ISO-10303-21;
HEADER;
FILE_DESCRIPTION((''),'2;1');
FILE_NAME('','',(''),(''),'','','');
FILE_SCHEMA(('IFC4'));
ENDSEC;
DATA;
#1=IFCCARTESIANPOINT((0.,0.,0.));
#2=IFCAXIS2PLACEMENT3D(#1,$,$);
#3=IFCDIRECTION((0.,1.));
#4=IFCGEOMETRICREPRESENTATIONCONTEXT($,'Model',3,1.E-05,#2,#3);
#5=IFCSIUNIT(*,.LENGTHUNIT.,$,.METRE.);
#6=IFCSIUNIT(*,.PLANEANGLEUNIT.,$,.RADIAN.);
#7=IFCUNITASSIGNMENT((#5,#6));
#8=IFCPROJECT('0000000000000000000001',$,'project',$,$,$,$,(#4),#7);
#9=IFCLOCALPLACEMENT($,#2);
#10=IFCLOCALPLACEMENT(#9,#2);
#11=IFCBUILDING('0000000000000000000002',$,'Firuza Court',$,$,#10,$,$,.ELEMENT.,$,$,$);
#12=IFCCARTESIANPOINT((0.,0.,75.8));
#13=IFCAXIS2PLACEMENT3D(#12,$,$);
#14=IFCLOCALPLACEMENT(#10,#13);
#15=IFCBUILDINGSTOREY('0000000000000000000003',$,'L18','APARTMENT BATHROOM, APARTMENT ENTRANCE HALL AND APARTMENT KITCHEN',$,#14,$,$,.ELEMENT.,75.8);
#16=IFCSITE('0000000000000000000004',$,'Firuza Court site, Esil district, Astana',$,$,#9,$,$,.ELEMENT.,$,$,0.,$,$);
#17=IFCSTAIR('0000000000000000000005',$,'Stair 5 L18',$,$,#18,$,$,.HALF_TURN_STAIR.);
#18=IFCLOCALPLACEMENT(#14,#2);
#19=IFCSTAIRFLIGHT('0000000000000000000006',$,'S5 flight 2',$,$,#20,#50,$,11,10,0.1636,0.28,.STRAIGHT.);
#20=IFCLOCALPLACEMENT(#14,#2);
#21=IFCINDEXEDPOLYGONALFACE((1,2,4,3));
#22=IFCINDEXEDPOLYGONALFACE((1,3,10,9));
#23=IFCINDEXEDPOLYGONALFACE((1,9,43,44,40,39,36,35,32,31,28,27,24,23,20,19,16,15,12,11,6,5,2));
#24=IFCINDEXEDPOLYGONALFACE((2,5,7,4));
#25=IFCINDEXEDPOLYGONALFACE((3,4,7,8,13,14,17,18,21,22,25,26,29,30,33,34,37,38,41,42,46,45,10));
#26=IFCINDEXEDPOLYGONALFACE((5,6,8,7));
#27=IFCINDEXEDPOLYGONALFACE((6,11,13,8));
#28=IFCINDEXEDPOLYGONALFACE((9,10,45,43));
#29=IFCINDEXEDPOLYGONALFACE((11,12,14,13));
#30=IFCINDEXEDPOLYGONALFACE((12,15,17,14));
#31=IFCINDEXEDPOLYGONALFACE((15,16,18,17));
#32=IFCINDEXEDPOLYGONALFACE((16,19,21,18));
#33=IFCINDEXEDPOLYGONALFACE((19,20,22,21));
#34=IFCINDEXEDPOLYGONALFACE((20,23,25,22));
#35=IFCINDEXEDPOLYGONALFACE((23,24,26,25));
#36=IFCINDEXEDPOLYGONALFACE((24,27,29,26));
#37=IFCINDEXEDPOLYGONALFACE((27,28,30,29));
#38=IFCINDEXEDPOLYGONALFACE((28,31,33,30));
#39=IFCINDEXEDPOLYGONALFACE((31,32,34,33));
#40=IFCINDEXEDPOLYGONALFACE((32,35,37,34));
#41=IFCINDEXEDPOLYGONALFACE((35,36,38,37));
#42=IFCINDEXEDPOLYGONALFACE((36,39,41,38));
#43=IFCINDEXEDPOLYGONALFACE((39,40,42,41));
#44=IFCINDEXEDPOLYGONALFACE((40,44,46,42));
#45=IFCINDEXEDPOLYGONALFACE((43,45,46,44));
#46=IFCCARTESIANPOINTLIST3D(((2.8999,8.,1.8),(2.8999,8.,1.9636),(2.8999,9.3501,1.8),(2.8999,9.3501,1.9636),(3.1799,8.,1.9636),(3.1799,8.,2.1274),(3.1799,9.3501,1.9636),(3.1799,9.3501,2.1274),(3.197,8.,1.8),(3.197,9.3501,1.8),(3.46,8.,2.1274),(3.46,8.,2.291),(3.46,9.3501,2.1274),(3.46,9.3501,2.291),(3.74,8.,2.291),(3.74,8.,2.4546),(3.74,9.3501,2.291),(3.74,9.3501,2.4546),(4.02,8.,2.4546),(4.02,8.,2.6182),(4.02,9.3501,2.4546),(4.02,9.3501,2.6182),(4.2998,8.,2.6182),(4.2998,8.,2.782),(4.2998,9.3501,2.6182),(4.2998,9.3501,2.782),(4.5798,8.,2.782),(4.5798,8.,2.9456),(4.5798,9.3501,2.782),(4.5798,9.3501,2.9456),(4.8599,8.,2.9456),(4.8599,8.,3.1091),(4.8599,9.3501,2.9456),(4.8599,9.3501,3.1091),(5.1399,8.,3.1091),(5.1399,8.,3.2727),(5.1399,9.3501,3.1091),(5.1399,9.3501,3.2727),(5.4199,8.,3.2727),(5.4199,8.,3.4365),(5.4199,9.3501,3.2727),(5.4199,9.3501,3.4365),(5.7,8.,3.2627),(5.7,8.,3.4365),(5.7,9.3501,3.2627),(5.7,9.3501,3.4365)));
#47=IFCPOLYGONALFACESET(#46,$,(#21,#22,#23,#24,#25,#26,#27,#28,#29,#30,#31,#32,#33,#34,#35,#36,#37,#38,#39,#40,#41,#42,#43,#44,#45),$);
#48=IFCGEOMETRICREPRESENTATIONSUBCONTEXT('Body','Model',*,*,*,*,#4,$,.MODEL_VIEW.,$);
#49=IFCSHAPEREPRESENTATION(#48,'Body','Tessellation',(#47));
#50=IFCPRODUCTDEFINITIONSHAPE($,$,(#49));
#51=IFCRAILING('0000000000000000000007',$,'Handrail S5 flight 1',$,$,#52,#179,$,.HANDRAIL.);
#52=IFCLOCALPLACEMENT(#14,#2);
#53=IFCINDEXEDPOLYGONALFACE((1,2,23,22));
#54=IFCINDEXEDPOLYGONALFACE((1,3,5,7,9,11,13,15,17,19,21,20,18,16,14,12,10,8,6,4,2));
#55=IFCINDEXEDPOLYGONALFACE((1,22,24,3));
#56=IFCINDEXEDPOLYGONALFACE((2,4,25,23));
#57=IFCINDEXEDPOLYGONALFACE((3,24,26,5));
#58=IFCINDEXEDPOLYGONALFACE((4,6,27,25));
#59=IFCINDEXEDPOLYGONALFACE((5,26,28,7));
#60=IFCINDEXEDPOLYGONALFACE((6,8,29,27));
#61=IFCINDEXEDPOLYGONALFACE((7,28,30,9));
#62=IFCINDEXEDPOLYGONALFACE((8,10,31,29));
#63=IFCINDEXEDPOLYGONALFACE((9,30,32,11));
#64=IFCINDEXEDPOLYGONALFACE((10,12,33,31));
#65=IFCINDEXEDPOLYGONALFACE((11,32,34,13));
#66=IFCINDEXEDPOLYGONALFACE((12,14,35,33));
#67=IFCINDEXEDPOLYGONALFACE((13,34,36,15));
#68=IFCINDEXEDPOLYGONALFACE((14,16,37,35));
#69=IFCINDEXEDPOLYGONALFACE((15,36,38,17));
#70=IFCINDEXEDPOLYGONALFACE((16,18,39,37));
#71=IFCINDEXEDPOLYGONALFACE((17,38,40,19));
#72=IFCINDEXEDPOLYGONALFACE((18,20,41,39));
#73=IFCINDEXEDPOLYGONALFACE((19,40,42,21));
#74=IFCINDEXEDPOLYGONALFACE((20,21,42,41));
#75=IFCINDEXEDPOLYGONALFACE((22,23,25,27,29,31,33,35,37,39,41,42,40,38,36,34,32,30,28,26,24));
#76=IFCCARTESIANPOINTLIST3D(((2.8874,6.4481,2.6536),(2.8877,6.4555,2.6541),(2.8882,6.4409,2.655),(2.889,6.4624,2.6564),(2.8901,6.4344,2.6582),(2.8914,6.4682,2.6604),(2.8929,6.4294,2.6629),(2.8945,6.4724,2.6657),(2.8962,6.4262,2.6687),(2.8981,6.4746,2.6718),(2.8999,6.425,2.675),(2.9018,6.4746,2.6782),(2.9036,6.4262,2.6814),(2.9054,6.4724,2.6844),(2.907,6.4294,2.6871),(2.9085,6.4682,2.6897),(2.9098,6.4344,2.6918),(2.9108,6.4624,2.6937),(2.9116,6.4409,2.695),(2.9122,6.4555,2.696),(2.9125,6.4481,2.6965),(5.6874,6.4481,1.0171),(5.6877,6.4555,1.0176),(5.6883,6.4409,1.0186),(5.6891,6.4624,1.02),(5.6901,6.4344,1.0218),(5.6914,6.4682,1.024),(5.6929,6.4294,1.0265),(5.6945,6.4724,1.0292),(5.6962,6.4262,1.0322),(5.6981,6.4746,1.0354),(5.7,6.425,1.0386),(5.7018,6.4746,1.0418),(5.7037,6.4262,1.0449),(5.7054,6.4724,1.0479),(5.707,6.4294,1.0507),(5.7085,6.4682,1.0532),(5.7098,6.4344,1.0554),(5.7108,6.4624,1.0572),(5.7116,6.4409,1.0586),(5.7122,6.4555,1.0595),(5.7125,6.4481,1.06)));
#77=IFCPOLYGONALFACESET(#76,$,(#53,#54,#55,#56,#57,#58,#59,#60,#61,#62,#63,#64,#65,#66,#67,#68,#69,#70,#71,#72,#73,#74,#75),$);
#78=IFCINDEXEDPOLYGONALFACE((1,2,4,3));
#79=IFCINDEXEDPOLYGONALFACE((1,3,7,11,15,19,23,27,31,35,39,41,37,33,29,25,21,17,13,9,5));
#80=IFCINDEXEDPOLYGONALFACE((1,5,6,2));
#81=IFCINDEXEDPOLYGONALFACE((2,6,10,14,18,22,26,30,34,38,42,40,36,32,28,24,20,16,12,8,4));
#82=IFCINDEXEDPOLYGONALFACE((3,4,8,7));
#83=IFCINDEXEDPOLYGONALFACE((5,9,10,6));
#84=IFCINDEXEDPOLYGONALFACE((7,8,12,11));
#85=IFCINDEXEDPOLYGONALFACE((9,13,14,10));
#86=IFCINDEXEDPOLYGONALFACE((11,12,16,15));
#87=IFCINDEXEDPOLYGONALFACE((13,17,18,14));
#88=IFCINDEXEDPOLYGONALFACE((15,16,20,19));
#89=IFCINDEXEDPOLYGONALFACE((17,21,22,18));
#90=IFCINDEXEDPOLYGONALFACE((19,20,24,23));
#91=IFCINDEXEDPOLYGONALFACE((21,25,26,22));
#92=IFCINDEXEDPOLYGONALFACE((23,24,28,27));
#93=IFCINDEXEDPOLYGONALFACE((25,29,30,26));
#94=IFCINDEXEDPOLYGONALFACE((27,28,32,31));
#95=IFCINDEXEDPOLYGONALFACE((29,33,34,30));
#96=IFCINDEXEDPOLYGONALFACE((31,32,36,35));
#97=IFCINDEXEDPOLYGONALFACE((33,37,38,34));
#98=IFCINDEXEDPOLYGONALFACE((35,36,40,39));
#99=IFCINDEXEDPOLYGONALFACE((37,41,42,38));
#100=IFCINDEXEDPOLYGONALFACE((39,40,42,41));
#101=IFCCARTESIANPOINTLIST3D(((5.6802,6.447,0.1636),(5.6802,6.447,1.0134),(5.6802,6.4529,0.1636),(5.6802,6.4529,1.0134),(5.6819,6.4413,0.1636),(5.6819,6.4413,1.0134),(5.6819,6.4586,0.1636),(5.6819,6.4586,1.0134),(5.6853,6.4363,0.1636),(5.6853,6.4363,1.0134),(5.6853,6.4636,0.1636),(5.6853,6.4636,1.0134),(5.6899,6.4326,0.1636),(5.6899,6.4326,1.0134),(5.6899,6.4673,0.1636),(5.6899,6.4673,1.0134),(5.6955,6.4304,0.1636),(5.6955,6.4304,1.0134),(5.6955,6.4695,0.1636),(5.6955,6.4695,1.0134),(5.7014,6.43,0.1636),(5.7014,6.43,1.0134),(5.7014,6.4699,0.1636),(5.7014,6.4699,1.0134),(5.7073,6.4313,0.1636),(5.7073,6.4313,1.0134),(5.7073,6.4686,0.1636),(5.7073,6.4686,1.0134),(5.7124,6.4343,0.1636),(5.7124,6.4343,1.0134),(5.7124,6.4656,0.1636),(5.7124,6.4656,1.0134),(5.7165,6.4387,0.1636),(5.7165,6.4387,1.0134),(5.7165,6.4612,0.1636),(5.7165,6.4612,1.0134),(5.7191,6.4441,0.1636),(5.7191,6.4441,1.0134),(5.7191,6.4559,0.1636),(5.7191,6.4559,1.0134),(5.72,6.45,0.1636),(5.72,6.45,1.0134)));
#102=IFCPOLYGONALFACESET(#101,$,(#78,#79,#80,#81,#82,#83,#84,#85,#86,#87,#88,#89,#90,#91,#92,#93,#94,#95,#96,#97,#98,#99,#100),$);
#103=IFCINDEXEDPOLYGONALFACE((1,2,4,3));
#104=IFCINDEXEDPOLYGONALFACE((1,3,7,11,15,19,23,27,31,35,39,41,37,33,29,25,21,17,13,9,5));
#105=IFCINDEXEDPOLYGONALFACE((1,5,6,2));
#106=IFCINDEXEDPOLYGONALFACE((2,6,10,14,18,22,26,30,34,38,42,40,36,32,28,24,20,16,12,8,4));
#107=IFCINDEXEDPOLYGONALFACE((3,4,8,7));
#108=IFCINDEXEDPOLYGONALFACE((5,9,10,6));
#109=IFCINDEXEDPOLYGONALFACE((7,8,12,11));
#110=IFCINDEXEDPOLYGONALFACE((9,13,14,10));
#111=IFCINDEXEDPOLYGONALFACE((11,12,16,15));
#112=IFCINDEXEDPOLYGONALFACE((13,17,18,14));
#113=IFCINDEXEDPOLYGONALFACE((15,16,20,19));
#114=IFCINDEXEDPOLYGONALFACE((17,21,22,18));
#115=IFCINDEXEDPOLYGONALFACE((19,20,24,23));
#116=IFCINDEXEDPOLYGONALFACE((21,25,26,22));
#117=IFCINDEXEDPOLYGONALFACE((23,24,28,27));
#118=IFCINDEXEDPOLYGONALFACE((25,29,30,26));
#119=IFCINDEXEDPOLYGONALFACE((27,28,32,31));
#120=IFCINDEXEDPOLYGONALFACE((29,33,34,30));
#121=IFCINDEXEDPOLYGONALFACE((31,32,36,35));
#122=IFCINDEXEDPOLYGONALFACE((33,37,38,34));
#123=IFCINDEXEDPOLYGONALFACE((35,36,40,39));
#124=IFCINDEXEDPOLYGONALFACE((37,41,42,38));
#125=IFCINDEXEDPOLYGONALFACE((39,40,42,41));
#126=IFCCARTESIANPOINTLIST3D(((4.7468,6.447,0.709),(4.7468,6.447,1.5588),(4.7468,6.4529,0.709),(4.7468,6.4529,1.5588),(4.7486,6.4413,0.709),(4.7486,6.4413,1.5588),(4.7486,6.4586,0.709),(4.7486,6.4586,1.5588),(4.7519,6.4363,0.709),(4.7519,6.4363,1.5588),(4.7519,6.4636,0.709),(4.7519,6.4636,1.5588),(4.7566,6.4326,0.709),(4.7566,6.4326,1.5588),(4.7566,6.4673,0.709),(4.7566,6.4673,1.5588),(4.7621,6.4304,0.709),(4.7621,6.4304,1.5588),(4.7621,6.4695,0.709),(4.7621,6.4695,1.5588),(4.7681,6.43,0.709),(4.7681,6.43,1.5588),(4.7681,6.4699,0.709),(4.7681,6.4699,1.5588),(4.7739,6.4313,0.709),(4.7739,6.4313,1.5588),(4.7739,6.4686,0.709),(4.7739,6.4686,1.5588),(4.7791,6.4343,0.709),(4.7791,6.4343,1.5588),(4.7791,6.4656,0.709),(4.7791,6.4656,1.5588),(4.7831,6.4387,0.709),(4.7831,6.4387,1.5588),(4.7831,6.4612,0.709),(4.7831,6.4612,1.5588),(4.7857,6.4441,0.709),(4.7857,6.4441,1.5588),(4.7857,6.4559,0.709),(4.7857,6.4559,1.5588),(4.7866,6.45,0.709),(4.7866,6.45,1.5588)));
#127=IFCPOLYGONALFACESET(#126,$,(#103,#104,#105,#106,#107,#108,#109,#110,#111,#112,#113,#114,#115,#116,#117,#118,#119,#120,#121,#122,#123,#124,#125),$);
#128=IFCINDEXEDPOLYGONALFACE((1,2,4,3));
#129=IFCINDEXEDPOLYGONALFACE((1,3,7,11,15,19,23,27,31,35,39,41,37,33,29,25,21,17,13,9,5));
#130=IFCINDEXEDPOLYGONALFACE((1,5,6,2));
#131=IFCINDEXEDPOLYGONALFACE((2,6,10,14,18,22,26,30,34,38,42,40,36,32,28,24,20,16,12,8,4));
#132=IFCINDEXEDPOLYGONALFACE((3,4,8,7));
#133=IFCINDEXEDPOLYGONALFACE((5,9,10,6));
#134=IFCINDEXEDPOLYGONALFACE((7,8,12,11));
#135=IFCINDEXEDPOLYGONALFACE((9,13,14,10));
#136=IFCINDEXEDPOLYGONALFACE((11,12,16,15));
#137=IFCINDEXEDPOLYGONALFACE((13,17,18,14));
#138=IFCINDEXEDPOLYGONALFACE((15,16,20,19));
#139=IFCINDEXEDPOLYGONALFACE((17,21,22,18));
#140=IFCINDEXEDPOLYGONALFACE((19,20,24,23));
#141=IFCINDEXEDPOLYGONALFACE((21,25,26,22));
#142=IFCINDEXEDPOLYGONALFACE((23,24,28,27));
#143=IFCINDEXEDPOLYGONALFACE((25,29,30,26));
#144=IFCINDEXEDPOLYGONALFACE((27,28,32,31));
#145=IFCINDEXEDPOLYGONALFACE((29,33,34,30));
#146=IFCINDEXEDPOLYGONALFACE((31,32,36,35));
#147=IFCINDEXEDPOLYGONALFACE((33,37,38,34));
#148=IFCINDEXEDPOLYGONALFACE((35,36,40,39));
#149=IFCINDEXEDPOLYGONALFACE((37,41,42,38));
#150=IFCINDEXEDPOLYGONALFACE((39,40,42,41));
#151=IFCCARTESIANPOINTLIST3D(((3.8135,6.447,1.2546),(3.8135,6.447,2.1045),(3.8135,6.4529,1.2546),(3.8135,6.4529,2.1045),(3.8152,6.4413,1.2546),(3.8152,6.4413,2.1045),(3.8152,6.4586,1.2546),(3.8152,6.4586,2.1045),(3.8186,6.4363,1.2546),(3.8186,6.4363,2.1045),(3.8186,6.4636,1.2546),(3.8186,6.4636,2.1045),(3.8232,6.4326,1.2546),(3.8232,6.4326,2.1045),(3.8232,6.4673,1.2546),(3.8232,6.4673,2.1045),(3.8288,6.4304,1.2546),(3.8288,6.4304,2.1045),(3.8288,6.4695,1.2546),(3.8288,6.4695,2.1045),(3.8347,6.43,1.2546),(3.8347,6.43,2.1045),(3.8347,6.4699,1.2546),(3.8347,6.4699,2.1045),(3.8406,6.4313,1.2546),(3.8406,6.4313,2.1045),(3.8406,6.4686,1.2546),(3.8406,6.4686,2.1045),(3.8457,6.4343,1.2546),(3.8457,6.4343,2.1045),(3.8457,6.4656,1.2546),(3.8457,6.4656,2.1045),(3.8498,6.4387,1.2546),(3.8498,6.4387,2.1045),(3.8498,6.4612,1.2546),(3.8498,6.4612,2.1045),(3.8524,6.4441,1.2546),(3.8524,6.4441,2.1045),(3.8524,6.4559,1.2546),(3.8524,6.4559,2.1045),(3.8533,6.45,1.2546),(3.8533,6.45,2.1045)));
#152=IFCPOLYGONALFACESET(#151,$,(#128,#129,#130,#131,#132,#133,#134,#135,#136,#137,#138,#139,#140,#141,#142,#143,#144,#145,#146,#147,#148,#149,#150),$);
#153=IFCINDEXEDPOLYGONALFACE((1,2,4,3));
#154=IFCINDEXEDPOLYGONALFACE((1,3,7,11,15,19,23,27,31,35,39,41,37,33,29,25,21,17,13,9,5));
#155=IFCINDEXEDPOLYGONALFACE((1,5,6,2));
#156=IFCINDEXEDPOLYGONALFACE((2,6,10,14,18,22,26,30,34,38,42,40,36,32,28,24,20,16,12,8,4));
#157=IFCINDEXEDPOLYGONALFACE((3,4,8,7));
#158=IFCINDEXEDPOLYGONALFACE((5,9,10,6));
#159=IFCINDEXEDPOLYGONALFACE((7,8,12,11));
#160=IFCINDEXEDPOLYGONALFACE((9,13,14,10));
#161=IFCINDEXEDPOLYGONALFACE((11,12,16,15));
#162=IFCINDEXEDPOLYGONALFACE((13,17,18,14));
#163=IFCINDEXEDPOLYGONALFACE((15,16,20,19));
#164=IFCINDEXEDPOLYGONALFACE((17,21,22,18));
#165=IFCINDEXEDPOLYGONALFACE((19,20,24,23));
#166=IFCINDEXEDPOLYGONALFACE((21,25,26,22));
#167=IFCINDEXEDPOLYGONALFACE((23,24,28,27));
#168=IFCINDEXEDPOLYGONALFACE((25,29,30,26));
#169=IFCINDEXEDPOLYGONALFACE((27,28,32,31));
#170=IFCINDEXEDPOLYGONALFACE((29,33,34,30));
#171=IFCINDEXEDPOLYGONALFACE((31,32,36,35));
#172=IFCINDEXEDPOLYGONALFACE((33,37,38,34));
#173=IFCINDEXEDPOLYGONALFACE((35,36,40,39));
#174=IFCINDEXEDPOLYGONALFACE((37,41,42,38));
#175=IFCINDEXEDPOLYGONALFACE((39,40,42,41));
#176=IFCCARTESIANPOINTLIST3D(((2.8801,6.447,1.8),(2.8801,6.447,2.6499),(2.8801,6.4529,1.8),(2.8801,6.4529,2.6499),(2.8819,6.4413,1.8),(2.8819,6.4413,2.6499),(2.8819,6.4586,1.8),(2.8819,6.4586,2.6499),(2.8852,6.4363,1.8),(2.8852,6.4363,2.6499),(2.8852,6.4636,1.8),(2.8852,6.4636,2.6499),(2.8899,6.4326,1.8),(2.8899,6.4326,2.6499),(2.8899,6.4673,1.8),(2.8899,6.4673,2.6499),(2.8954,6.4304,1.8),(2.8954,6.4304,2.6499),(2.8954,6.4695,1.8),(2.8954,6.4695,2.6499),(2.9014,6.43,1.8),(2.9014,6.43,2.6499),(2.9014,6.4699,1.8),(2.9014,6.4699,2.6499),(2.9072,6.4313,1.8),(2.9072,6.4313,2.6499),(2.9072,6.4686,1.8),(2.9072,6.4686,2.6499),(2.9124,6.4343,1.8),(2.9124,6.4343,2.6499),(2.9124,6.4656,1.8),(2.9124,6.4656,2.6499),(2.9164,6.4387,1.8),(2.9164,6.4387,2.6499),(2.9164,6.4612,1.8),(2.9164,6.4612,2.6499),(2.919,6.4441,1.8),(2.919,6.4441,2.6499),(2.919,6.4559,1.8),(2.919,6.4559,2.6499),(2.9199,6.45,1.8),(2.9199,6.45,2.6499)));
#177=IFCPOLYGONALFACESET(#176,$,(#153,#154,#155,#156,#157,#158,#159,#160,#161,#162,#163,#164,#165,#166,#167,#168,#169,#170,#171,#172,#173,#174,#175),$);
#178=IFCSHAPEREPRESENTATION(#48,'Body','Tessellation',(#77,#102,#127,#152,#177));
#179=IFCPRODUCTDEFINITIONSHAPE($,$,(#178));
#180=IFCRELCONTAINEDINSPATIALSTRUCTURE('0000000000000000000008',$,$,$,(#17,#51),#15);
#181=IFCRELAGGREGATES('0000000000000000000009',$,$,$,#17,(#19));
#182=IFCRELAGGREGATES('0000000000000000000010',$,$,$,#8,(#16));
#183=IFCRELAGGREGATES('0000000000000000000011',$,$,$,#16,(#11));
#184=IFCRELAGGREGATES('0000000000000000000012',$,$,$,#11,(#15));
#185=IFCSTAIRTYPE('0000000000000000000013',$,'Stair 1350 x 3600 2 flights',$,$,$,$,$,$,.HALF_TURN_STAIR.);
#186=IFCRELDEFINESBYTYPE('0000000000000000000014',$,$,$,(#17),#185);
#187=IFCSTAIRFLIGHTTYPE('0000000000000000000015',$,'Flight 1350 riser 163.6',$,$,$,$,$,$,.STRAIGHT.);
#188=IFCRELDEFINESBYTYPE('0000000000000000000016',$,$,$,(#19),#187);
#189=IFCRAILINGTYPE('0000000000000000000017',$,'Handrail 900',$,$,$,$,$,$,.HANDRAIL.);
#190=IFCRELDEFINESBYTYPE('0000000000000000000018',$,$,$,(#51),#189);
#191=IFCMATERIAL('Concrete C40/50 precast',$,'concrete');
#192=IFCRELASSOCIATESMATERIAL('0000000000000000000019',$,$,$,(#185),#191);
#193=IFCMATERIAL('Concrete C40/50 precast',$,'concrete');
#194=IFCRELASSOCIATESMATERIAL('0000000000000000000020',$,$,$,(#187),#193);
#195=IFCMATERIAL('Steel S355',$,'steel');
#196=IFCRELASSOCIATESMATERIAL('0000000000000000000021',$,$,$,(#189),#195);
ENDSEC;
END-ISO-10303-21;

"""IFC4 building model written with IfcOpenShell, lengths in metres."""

from ifc_helpers import new_model, si_unit, direction, frame, origin, origin_2d, place, context, subcontext, project, spatial, polyline, circle, outline, extrude, material, type_object, element, aggregate, save


model = new_model("IFC4")

# Units and contexts
model_context = context("Model", 3, precision=1e-05, world=origin(), true_north=direction((0.0, 1.0)))
body_context = subcontext(model_context, "Body", "Model", "MODEL_VIEW")
ifc_project = project(units=[si_unit("LENGTHUNIT", "METRE"), si_unit("PLANEANGLEUNIT", "RADIAN")], contexts=[model_context])

# Site, building, storey
site_placement = place(None, origin())
site = spatial("IfcSite", under=ifc_project, at=site_placement, Name="Firuza Court site, Esil district, Astana", CompositionType="ELEMENT", RefElevation=0.0)
building_placement = place(site_placement, origin())
building = spatial("IfcBuilding", under=site, at=building_placement, Name="Firuza Court", CompositionType="ELEMENT")
storey_placement = place(building_placement, frame((0.0, 0.0, 75.8)))
storey = spatial("IfcBuildingStorey", under=building, at=storey_placement, Name="L18", Description="APARTMENT BATHROOM, APARTMENT ENTRANCE HALL AND APARTMENT KITCHEN", CompositionType="ELEMENT", Elevation=75.8)

# Stair, stair flight
ifc_material_1 = material(Name="Concrete C40/50 precast", Category="concrete")
stair_type = type_object("IfcStairType", Name="Stair 1350 x 3600 2 flights", PredefinedType="HALF_TURN_STAIR", material=ifc_material_1)
stair_placement = place(storey_placement, origin())
stair = element("IfcStair", 1, at=stair_placement, inside=storey, type_object=stair_type, Name="Stair 5 L18", PredefinedType="HALF_TURN_STAIR")
ifc_material_2 = material(Name="Concrete C40/50 precast", Category="concrete")
stair_flight_type = type_object("IfcStairFlightType", Name="Flight 1350 riser 163.6", PredefinedType="STRAIGHT", material=ifc_material_2)
stair_flight_1_placement = place(storey_placement, frame((2.8999, 8.675, 1.8), z_axis=(0.0, 0.0, 1.0), x_axis=(1.0, 0.0, 0.0)))
stair_flight_1 = element("IfcStairFlight", 2, at=stair_flight_1_placement, type_object=stair_flight_type, Name="S5 flight 2", NumberOfRisers=11, NumberOfTreads=10, PredefinedType="STRAIGHT", RiserHeight=0.1636, TreadLength=0.28, context=body_context, shape_type="SweptSolid", body=[
    extrude(outline(polyline([(0.0, 0.0), (0.0, 0.1636), (0.28, 0.1636), (0.28, 0.3274), (0.5601, 0.3274), (0.5601, 0.491), (0.8401, 0.491), (0.8401, 0.6545), (1.1201, 0.6545), (1.1201, 0.8181), (1.3999, 0.8181), (1.3999, 0.9819), (1.6799, 0.9819), (1.6799, 1.1455), (1.96, 1.1455), (1.96, 1.3091), (2.24, 1.3091), (2.24, 1.4727), (2.52, 1.4727), (2.52, 1.6365), (2.8, 1.6365), (2.8, 1.8), (2.8, 1.4626), (0.2971, 0.0), (0.0, 0.0)])), frame((0.0, 0.675, 0.0), z_axis=(0.0, -1.0, 0.0), x_axis=(1.0, 0.0, 0.0)), (0.0, 0.0, 1.0), 1.3501),
])
aggregate(stair, [stair_flight_1])

# Railing
ifc_material_3 = material(Name="Steel S355", Category="steel")
railing_type_1 = type_object("IfcRailingType", Name="Handrail 900", PredefinedType="HANDRAIL", material=ifc_material_3)
railing_1_placement = place(storey_placement, frame((5.7, 6.45, 0.1636)))
element("IfcRailing", 3, at=railing_1_placement, inside=storey, type_object=railing_type_1, Name="Handrail S5 flight 1", PredefinedType="HANDRAIL", context=body_context, shape_type="SweptSolid", body=[
    extrude(circle(Radius=0.0249, at=origin_2d()), frame((0.0, 0.0, 0.875), z_axis=(-0.863361, 0.0, 0.504587), x_axis=(0.0, -1.0, 0.0)), (0.0, 0.0, 1.0), 3.2432),
    extrude(circle(Radius=0.02, at=origin_2d()), origin(), (0.0, 0.0, 1.0), 0.8499),
    extrude(circle(Radius=0.02, at=origin_2d()), frame((-0.9333, 0.0, 0.5454)), (0.0, 0.0, 1.0), 0.8499),
    extrude(circle(Radius=0.02, at=origin_2d()), frame((-1.8667, 0.0, 1.0911)), (0.0, 0.0, 1.0), 0.8499),
    extrude(circle(Radius=0.02, at=origin_2d()), frame((-2.8, 0.0, 1.6365)), (0.0, 0.0, 1.0), 0.8499),
])

save(model, "model.ifc")
